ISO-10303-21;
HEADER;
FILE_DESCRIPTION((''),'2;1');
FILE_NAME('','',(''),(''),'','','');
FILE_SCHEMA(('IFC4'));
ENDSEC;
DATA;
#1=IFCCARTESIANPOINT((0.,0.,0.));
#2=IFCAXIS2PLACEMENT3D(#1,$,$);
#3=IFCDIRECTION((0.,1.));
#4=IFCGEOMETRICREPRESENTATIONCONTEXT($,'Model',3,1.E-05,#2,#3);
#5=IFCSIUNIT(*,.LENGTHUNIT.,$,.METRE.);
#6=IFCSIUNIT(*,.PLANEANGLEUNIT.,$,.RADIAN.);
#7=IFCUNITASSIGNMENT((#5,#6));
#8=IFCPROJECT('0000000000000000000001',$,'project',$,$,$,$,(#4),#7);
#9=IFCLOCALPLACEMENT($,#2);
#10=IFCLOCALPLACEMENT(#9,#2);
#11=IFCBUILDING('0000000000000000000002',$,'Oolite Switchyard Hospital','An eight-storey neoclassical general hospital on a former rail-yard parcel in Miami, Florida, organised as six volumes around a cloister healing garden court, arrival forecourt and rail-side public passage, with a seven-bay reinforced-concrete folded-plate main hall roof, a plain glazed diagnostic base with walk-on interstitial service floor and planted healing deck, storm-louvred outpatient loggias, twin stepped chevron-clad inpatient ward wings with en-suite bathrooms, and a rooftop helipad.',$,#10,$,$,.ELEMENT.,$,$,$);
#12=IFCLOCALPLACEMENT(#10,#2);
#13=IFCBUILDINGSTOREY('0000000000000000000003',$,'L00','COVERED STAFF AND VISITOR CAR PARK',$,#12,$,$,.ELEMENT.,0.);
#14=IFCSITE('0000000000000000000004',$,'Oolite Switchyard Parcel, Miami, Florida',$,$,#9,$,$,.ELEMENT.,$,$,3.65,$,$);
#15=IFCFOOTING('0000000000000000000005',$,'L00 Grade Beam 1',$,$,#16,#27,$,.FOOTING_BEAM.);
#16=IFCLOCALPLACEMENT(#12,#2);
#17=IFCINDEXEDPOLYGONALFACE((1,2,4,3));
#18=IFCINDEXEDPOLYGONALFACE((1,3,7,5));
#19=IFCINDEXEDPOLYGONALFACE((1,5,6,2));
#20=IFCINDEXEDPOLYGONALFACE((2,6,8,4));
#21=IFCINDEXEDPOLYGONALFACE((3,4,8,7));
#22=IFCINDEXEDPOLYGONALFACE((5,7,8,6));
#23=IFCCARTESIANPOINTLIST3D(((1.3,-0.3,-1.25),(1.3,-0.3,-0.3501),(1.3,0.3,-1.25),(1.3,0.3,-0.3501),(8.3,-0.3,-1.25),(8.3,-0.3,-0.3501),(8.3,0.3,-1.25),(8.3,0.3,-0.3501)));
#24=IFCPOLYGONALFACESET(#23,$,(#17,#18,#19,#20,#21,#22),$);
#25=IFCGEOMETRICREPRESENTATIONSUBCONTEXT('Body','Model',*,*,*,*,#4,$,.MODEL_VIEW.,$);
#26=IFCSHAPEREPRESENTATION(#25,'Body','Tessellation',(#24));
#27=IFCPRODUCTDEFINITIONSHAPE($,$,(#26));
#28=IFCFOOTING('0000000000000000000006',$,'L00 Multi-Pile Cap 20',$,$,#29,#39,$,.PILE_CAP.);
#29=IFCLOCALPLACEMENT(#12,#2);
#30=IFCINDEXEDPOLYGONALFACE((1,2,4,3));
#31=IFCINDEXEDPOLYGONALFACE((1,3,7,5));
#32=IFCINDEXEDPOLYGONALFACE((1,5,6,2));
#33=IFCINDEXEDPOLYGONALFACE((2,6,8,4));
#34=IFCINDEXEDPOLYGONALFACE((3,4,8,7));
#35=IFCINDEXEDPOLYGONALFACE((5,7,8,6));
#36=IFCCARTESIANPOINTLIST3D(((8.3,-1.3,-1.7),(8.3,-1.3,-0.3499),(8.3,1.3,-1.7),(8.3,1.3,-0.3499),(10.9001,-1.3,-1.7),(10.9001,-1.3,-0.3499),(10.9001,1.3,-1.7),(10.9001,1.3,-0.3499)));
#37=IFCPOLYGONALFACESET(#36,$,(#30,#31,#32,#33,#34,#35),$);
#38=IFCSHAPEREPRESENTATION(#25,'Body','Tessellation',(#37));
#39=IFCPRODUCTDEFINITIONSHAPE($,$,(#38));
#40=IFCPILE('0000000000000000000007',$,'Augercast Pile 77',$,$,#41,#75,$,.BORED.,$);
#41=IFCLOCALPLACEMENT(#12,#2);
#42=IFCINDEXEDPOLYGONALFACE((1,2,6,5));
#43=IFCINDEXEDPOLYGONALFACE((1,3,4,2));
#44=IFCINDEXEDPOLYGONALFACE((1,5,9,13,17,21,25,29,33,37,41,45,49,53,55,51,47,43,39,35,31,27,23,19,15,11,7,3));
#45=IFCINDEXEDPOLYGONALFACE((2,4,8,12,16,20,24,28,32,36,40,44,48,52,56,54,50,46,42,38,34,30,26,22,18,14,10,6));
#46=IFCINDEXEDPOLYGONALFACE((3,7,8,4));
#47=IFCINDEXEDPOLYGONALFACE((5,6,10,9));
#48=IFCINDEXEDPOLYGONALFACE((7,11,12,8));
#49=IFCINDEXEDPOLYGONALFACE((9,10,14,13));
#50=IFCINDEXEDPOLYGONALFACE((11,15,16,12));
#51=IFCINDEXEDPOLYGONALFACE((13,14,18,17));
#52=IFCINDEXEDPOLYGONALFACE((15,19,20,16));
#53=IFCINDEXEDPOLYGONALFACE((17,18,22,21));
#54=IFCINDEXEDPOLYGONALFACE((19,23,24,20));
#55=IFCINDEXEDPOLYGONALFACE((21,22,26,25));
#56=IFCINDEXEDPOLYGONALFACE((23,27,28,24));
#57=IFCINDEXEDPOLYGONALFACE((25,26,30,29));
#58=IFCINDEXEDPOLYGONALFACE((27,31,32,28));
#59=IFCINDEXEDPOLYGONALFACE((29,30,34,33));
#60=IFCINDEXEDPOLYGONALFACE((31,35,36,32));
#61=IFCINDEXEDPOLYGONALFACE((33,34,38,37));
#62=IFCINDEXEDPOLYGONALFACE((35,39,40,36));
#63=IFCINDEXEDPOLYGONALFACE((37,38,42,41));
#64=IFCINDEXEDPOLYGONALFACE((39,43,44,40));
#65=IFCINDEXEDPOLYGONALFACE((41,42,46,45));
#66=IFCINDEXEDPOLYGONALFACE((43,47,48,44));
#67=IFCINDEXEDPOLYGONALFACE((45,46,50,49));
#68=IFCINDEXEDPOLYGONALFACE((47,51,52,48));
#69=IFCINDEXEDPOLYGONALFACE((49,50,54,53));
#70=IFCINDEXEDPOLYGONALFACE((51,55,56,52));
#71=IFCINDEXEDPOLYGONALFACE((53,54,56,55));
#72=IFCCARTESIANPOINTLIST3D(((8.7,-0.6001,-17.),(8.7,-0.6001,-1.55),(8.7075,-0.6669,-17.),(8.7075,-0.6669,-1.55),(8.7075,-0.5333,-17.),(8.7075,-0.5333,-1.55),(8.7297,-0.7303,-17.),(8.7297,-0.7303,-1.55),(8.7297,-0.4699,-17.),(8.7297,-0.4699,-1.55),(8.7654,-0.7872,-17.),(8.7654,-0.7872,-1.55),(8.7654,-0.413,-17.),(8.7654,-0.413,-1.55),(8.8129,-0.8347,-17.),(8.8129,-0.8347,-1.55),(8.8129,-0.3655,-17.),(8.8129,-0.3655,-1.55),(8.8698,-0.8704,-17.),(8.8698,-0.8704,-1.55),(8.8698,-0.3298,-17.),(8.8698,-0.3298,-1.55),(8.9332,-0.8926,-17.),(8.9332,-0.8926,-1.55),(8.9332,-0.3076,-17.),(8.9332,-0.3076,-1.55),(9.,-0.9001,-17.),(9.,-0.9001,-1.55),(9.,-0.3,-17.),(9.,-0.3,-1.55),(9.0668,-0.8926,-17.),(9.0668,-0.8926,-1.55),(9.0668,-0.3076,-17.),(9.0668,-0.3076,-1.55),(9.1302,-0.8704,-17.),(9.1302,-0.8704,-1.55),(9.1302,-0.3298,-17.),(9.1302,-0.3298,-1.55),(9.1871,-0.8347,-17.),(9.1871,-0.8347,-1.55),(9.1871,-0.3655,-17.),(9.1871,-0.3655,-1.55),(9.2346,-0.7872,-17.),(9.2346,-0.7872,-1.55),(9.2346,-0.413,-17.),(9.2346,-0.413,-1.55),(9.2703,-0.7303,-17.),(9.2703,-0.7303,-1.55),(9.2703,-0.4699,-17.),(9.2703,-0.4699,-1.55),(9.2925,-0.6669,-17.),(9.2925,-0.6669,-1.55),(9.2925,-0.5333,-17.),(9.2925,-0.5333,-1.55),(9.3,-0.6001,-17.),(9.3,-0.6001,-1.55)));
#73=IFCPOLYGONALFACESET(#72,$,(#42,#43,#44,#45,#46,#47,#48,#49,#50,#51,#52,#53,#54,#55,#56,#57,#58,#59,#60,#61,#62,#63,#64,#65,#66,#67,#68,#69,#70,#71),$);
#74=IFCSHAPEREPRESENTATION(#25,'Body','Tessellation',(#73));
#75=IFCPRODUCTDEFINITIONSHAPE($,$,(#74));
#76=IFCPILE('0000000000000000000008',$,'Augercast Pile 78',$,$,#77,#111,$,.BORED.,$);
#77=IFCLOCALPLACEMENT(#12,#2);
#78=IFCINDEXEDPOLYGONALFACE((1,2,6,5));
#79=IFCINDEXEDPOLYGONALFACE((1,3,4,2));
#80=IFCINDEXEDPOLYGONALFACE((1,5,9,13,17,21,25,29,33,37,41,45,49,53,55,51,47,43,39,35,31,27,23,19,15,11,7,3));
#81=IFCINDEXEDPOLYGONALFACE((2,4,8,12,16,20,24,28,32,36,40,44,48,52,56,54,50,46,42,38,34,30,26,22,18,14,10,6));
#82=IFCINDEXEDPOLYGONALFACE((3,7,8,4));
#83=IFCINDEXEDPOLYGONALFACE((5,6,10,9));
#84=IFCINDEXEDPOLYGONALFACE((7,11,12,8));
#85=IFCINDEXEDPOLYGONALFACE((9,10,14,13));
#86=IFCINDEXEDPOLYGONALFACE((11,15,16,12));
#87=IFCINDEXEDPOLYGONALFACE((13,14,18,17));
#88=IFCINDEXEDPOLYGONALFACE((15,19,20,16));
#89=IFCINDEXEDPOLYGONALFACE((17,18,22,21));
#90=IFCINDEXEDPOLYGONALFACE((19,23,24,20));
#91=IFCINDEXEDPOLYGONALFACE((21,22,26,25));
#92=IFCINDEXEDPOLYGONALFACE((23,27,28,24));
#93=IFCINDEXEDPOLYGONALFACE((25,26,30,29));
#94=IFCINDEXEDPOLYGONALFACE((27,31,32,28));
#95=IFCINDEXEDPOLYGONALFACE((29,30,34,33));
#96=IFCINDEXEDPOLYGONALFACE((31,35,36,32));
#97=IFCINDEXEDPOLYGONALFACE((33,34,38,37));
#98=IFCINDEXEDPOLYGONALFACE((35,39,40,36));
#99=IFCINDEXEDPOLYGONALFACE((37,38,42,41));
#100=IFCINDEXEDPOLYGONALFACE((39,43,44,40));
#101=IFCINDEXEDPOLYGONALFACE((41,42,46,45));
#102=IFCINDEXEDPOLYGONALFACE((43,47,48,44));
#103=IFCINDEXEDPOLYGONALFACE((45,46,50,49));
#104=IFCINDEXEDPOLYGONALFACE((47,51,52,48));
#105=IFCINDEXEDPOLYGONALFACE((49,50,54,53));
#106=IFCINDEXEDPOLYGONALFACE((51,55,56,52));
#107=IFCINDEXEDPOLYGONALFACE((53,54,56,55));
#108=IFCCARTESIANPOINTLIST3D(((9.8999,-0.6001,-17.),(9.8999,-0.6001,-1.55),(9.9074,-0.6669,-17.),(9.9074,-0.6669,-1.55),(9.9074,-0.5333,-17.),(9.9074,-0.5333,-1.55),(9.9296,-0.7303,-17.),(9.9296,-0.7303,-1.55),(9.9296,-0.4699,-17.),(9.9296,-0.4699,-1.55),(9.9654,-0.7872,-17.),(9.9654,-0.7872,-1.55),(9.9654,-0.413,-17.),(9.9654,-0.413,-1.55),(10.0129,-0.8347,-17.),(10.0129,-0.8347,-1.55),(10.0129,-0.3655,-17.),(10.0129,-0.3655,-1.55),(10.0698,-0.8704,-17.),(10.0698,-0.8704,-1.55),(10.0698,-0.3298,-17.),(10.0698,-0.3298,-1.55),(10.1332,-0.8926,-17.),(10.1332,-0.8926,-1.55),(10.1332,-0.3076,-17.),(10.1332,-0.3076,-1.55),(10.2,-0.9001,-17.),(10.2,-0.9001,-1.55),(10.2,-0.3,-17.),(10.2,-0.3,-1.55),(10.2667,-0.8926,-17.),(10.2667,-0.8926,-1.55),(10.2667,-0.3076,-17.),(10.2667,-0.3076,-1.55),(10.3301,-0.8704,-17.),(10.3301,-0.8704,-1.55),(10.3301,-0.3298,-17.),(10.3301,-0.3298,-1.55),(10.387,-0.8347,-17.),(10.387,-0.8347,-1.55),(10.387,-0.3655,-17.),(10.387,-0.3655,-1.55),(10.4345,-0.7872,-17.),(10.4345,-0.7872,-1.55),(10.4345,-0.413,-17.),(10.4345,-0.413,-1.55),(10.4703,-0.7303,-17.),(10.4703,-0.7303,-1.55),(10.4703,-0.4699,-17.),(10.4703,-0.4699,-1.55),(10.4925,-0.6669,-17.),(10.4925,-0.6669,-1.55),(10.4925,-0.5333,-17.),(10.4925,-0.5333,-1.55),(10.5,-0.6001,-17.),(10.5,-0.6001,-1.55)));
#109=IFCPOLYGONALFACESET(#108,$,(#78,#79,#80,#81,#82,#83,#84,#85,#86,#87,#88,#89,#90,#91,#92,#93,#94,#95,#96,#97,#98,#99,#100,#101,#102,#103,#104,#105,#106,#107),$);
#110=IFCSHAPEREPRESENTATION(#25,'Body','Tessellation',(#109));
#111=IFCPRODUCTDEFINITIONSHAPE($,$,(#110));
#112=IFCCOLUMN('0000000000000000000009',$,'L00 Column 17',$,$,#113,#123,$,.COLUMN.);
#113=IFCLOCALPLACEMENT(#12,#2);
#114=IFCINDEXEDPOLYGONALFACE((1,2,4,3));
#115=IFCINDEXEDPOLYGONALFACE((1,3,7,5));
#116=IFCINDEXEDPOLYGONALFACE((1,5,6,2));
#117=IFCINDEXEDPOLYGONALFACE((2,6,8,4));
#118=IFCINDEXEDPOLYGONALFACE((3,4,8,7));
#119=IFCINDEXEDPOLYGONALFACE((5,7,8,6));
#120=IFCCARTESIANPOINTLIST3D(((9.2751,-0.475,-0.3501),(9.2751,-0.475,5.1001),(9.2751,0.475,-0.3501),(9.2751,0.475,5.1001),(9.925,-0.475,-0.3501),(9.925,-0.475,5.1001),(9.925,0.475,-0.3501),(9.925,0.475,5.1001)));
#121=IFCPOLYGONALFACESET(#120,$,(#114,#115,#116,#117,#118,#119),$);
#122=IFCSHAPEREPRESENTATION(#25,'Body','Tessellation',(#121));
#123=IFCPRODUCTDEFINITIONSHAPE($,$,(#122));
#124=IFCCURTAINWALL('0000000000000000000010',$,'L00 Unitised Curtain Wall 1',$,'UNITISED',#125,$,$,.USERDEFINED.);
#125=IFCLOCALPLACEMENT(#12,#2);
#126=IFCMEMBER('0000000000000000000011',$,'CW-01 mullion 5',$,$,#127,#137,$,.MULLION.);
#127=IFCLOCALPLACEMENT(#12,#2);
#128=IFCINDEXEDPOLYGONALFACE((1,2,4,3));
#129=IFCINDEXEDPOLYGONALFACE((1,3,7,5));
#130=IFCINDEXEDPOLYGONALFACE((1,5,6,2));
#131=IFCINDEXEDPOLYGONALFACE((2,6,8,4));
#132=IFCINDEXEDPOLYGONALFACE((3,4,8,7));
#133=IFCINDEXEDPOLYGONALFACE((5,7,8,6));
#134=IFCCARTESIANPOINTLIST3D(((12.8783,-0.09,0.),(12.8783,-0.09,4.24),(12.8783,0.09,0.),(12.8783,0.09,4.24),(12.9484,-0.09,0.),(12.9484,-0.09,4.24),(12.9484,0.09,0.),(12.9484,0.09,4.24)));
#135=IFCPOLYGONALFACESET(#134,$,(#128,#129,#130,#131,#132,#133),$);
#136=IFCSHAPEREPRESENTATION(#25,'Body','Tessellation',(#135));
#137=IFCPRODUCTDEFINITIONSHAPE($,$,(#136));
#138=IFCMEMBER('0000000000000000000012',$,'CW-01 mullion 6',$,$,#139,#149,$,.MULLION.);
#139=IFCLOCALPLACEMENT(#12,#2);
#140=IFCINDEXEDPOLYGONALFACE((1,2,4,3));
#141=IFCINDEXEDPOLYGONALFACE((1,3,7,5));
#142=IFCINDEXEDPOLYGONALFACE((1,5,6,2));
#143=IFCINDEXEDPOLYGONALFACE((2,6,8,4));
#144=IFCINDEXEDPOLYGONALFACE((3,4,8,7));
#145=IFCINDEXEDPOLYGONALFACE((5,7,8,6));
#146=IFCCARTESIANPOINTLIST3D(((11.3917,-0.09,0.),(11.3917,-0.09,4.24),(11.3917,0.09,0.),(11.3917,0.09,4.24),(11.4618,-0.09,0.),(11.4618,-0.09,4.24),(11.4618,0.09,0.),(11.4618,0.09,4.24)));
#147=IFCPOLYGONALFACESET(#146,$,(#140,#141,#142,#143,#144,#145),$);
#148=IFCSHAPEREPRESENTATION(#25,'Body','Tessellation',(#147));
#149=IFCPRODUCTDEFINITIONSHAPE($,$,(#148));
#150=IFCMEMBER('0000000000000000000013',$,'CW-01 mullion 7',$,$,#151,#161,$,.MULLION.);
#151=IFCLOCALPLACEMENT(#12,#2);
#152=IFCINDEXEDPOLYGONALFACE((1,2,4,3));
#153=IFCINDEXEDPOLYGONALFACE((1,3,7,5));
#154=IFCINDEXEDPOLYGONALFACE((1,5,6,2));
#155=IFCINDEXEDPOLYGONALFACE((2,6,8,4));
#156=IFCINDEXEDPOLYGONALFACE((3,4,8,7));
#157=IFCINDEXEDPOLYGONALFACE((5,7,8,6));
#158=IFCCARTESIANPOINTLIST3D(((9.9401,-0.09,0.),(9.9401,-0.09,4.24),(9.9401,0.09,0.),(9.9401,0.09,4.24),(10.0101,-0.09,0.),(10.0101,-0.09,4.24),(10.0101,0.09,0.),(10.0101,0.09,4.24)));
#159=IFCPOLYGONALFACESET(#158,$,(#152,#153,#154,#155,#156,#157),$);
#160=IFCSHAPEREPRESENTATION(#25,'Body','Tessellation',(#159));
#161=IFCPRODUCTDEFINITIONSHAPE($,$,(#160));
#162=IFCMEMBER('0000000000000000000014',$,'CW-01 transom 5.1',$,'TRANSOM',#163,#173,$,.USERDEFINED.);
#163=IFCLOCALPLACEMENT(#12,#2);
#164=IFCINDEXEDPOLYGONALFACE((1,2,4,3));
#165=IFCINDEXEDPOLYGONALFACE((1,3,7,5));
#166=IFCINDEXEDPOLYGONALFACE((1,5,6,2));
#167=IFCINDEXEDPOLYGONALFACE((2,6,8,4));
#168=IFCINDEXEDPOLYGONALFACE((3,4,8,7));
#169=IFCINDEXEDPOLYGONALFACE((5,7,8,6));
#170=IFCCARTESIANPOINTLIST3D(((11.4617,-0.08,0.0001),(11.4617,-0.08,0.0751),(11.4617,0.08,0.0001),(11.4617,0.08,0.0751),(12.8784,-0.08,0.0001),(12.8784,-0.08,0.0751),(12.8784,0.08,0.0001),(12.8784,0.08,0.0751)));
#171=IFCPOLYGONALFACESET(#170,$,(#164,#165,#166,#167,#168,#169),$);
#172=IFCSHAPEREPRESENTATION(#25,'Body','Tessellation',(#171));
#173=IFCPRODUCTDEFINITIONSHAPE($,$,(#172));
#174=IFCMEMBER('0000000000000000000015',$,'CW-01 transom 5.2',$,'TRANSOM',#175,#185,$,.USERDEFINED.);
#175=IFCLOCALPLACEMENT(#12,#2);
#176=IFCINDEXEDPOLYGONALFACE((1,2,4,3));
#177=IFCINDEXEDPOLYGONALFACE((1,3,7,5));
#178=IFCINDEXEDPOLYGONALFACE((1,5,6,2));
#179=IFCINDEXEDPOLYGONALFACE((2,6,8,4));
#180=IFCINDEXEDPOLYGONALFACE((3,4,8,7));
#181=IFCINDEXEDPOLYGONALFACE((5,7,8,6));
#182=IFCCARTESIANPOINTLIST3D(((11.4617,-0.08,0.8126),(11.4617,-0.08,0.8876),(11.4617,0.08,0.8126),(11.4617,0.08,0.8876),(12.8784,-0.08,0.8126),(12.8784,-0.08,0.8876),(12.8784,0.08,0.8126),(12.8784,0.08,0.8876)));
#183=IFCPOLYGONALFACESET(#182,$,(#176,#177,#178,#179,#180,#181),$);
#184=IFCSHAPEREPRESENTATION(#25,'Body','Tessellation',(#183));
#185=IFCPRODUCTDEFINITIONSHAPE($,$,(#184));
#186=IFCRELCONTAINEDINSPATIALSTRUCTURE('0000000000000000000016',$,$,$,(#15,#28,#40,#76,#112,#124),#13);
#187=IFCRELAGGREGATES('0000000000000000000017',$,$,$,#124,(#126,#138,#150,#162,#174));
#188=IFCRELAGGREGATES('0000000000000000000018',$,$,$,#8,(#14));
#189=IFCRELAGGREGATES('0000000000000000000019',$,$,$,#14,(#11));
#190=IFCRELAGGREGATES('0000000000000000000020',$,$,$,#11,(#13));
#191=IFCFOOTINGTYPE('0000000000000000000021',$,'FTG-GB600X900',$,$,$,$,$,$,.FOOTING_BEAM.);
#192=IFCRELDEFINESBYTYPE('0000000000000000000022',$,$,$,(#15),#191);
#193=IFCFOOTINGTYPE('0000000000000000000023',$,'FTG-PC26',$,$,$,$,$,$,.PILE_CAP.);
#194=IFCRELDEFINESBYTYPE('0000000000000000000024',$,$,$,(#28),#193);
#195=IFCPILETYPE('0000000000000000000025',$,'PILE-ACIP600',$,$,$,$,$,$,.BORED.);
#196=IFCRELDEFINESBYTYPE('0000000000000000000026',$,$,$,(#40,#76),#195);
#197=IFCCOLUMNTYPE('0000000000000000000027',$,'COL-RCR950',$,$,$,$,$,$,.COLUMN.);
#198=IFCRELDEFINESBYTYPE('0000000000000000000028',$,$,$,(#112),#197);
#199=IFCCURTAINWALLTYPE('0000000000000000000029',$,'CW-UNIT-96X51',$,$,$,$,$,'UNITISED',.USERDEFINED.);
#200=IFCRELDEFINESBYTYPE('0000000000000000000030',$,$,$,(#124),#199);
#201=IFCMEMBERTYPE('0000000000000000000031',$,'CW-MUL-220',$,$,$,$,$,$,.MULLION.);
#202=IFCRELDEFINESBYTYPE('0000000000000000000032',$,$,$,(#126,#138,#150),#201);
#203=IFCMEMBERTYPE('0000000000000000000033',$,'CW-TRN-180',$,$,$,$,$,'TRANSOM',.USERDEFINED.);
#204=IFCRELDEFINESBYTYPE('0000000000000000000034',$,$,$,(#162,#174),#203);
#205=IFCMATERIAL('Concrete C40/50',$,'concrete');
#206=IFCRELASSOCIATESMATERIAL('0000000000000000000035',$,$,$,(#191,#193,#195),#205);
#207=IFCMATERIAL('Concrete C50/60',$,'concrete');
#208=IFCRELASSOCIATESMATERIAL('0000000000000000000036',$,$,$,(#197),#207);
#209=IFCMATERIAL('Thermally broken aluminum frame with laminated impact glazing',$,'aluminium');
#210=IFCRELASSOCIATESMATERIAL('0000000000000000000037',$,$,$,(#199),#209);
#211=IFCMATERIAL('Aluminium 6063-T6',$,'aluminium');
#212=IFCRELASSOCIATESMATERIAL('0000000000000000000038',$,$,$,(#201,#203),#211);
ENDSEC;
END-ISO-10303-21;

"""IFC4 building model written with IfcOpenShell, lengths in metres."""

from ifc_helpers import new_model, si_unit, direction, frame, origin, origin_2d, place, context, subcontext, project, spatial, rectangle, circle, extrude, material, material_profile, profile_set, type_object, element, aggregate, save


model = new_model("IFC4")

# Units and contexts
model_context = context("Model", 3, precision=1e-05, world=origin(), true_north=direction((0.0, 1.0)))
body_context = subcontext(model_context, "Body", "Model", "MODEL_VIEW")
ifc_project = project(units=[si_unit("LENGTHUNIT", "METRE"), si_unit("PLANEANGLEUNIT", "RADIAN")], contexts=[model_context])

# Site, building, storey
site_placement = place(None, origin())
site = spatial("IfcSite", under=ifc_project, at=site_placement, Name="Oolite Switchyard Parcel, Miami, Florida", CompositionType="ELEMENT", RefElevation=3.65)
building_placement = place(site_placement, origin())
building = spatial("IfcBuilding", under=site, at=building_placement, Name="Oolite Switchyard Hospital", Description="An eight-storey neoclassical general hospital on a former rail-yard parcel in Miami, Florida, organised as six volumes around a cloister healing garden court, arrival forecourt and rail-side public passage, with a seven-bay reinforced-concrete folded-plate main hall roof, a plain glazed diagnostic base with walk-on interstitial service floor and planted healing deck, storm-louvred outpatient loggias, twin stepped chevron-clad inpatient ward wings with en-suite bathrooms, and a rooftop helipad.", CompositionType="ELEMENT")
storey_placement = place(building_placement, origin())
storey = spatial("IfcBuildingStorey", under=building, at=storey_placement, Name="L00", Description="COVERED STAFF AND VISITOR CAR PARK", CompositionType="ELEMENT", Elevation=0.0)

# Footings
ifc_material_1 = material(Name="Concrete C40/50", Category="concrete")
footing_type_1 = type_object("IfcFootingType", Name="FTG-GB600X900", PredefinedType="FOOTING_BEAM", material=ifc_material_1)
footing_1_placement = place(storey_placement, frame((4.8, 0.0, -1.25), z_axis=(0.0, 0.0, 1.0), x_axis=(1.0, 0.0, 0.0)))
element("IfcFooting", 1, at=footing_1_placement, inside=storey, type_object=footing_type_1, Name="L00 Grade Beam 1", PredefinedType="FOOTING_BEAM", context=body_context, shape_type="SweptSolid", body=[
    extrude(rectangle(XDim=7.0, YDim=0.6001, at=origin_2d()), origin(), (0.0, 0.0, 1.0), 0.8999),
])
footing_type_2 = type_object("IfcFootingType", Name="FTG-PC26", PredefinedType="PILE_CAP", material=ifc_material_1)
footing_2_placement = place(storey_placement, frame((9.6001, 0.0, -1.7), z_axis=(0.0, 0.0, 1.0), x_axis=(1.0, 0.0, 0.0)))
element("IfcFooting", 2, at=footing_2_placement, inside=storey, type_object=footing_type_2, Name="L00 Multi-Pile Cap 20", PredefinedType="PILE_CAP", context=body_context, shape_type="SweptSolid", body=[
    extrude(rectangle(XDim=2.6001, YDim=2.6001, at=origin_2d()), origin(), (0.0, 0.0, 1.0), 1.3501),
])

# Piles
ifc_material_profile_1 = material_profile(ifc_material_1, circle(Radius=0.3, at=origin_2d()), Name="PILE600")
ifc_profile_set_1 = profile_set([ifc_material_profile_1], Name="Concrete C40/50")
pile_type = type_object("IfcPileType", Name="PILE-ACIP600", PredefinedType="BORED", material=ifc_profile_set_1)
for number, where, z_axis, x_axis, name in (
    (3, (9.0, -0.6001, -1.55), (0.0, 0.0, -1.0), (1.0, 0.0, 0.0), "Augercast Pile 77"),
    (4, (10.2, -0.6001, -1.55), (0.0, 0.0, -1.0), (1.0, 0.0, 0.0), "Augercast Pile 78"),
):
    element("IfcPile", number, at=place(storey_placement, frame(where, z_axis=z_axis, x_axis=x_axis)), inside=storey, type_object=pile_type, Name=name, PredefinedType="BORED", context=body_context, shape_type="SweptSolid", body=[
        extrude(circle(Radius=0.3, at=origin_2d()), origin(), (0.0, 0.0, 1.0), 15.45),
    ])

# Column
ifc_material_2 = material(Name="Concrete C50/60", Category="concrete")
ifc_material_profile_2 = material_profile(ifc_material_2, rectangle(XDim=0.95, YDim=0.6499, at=origin_2d()), Name="RC950X650")
ifc_profile_set_2 = profile_set([ifc_material_profile_2], Name="Concrete C50/60")
column_type = type_object("IfcColumnType", Name="COL-RCR950", PredefinedType="COLUMN", material=ifc_profile_set_2)
column_placement = place(storey_placement, frame((9.6001, 0.0, -0.3501), z_axis=(0.0, 0.0, 1.0), x_axis=(0.0, 1.0, 0.0)))
element("IfcColumn", 5, at=column_placement, inside=storey, type_object=column_type, Name="L00 Column 17", PredefinedType="COLUMN", context=body_context, shape_type="SweptSolid", body=[
    extrude(rectangle(XDim=0.95, YDim=0.6499, at=origin_2d()), origin(), (0.0, 0.0, 1.0), 5.4502),
])

# Curtain wall, members
ifc_material_3 = material(Name="Thermally broken aluminum frame with laminated impact glazing", Category="aluminium")
curtain_wall_type = type_object("IfcCurtainWallType", Name="CW-UNIT-96X51", ElementType="UNITISED", PredefinedType="USERDEFINED", material=ifc_material_3)
curtain_wall_placement = place(storey_placement, origin())
curtain_wall = element("IfcCurtainWall", 6, at=curtain_wall_placement, inside=storey, type_object=curtain_wall_type, Name="L00 Unitised Curtain Wall 1", ObjectType="UNITISED", PredefinedType="USERDEFINED")
ifc_material_4 = material(Name="Aluminium 6063-T6", Category="aluminium")
ifc_material_profile_3 = material_profile(ifc_material_4, rectangle(XDim=0.1799, YDim=0.0701, at=origin_2d()), Name="CWM70X180")
ifc_profile_set_3 = profile_set([ifc_material_profile_3], Name="Aluminium 6063-T6")
member_type_1 = type_object("IfcMemberType", Name="CW-MUL-220", PredefinedType="MULLION", material=ifc_profile_set_3)
member_1_placement = place(storey_placement, frame((12.9133, 0.0, 0.0), z_axis=(0.0, 0.0, 1.0), x_axis=(0.0, -1.0, 0.0)))
member_1 = element("IfcMember", 7, at=member_1_placement, type_object=member_type_1, Name="CW-01 mullion 5", PredefinedType="MULLION", context=body_context, shape_type="SweptSolid", body=[
    extrude(rectangle(XDim=0.1799, YDim=0.0701, at=origin_2d()), origin(), (0.0, 0.0, 1.0), 4.24),
])
member_2_placement = place(storey_placement, frame((11.4268, 0.0, 0.0), z_axis=(0.0, 0.0, 1.0), x_axis=(0.0, -1.0, 0.0)))
member_2 = element("IfcMember", 8, at=member_2_placement, type_object=member_type_1, Name="CW-01 mullion 6", PredefinedType="MULLION", context=body_context, shape_type="SweptSolid", body=[
    extrude(rectangle(XDim=0.1799, YDim=0.0701, at=origin_2d()), origin(), (0.0, 0.0, 1.0), 4.24),
])
member_3_placement = place(storey_placement, frame((9.9751, 0.0, 0.0), z_axis=(0.0, 0.0, 1.0), x_axis=(0.0, -1.0, 0.0)))
member_3 = element("IfcMember", 9, at=member_3_placement, type_object=member_type_1, Name="CW-01 mullion 7", PredefinedType="MULLION", context=body_context, shape_type="SweptSolid", body=[
    extrude(rectangle(XDim=0.1799, YDim=0.0701, at=origin_2d()), origin(), (0.0, 0.0, 1.0), 4.24),
])
ifc_material_profile_4 = material_profile(ifc_material_4, rectangle(XDim=0.1599, YDim=0.075, at=origin_2d()), Name="CWT75X160")
ifc_profile_set_4 = profile_set([ifc_material_profile_4], Name="Aluminium 6063-T6")
member_type_2 = type_object("IfcMemberType", Name="CW-TRN-180", ElementType="TRANSOM", PredefinedType="USERDEFINED", material=ifc_profile_set_4)
member_4_placement = place(storey_placement, frame((12.8784, 0.0, 0.0376), z_axis=(-1.0, 0.0, 0.0), x_axis=(0.0, -1.0, 0.0)))
member_4 = element("IfcMember", 10, at=member_4_placement, type_object=member_type_2, Name="CW-01 transom 5.1", ObjectType="TRANSOM", PredefinedType="USERDEFINED", context=body_context, shape_type="SweptSolid", body=[
    extrude(rectangle(XDim=0.1599, YDim=0.075, at=origin_2d()), origin(), (0.0, 0.0, 1.0), 1.4167),
])
member_5_placement = place(storey_placement, frame((12.8784, 0.0, 0.8501), z_axis=(-1.0, 0.0, 0.0), x_axis=(0.0, -1.0, 0.0)))
member_5 = element("IfcMember", 11, at=member_5_placement, type_object=member_type_2, Name="CW-01 transom 5.2", ObjectType="TRANSOM", PredefinedType="USERDEFINED", context=body_context, shape_type="SweptSolid", body=[
    extrude(rectangle(XDim=0.1599, YDim=0.075, at=origin_2d()), origin(), (0.0, 0.0, 1.0), 1.4167),
])
aggregate(curtain_wall, [member_1, member_2, member_3, member_4, member_5])

save(model, "model.ifc")
